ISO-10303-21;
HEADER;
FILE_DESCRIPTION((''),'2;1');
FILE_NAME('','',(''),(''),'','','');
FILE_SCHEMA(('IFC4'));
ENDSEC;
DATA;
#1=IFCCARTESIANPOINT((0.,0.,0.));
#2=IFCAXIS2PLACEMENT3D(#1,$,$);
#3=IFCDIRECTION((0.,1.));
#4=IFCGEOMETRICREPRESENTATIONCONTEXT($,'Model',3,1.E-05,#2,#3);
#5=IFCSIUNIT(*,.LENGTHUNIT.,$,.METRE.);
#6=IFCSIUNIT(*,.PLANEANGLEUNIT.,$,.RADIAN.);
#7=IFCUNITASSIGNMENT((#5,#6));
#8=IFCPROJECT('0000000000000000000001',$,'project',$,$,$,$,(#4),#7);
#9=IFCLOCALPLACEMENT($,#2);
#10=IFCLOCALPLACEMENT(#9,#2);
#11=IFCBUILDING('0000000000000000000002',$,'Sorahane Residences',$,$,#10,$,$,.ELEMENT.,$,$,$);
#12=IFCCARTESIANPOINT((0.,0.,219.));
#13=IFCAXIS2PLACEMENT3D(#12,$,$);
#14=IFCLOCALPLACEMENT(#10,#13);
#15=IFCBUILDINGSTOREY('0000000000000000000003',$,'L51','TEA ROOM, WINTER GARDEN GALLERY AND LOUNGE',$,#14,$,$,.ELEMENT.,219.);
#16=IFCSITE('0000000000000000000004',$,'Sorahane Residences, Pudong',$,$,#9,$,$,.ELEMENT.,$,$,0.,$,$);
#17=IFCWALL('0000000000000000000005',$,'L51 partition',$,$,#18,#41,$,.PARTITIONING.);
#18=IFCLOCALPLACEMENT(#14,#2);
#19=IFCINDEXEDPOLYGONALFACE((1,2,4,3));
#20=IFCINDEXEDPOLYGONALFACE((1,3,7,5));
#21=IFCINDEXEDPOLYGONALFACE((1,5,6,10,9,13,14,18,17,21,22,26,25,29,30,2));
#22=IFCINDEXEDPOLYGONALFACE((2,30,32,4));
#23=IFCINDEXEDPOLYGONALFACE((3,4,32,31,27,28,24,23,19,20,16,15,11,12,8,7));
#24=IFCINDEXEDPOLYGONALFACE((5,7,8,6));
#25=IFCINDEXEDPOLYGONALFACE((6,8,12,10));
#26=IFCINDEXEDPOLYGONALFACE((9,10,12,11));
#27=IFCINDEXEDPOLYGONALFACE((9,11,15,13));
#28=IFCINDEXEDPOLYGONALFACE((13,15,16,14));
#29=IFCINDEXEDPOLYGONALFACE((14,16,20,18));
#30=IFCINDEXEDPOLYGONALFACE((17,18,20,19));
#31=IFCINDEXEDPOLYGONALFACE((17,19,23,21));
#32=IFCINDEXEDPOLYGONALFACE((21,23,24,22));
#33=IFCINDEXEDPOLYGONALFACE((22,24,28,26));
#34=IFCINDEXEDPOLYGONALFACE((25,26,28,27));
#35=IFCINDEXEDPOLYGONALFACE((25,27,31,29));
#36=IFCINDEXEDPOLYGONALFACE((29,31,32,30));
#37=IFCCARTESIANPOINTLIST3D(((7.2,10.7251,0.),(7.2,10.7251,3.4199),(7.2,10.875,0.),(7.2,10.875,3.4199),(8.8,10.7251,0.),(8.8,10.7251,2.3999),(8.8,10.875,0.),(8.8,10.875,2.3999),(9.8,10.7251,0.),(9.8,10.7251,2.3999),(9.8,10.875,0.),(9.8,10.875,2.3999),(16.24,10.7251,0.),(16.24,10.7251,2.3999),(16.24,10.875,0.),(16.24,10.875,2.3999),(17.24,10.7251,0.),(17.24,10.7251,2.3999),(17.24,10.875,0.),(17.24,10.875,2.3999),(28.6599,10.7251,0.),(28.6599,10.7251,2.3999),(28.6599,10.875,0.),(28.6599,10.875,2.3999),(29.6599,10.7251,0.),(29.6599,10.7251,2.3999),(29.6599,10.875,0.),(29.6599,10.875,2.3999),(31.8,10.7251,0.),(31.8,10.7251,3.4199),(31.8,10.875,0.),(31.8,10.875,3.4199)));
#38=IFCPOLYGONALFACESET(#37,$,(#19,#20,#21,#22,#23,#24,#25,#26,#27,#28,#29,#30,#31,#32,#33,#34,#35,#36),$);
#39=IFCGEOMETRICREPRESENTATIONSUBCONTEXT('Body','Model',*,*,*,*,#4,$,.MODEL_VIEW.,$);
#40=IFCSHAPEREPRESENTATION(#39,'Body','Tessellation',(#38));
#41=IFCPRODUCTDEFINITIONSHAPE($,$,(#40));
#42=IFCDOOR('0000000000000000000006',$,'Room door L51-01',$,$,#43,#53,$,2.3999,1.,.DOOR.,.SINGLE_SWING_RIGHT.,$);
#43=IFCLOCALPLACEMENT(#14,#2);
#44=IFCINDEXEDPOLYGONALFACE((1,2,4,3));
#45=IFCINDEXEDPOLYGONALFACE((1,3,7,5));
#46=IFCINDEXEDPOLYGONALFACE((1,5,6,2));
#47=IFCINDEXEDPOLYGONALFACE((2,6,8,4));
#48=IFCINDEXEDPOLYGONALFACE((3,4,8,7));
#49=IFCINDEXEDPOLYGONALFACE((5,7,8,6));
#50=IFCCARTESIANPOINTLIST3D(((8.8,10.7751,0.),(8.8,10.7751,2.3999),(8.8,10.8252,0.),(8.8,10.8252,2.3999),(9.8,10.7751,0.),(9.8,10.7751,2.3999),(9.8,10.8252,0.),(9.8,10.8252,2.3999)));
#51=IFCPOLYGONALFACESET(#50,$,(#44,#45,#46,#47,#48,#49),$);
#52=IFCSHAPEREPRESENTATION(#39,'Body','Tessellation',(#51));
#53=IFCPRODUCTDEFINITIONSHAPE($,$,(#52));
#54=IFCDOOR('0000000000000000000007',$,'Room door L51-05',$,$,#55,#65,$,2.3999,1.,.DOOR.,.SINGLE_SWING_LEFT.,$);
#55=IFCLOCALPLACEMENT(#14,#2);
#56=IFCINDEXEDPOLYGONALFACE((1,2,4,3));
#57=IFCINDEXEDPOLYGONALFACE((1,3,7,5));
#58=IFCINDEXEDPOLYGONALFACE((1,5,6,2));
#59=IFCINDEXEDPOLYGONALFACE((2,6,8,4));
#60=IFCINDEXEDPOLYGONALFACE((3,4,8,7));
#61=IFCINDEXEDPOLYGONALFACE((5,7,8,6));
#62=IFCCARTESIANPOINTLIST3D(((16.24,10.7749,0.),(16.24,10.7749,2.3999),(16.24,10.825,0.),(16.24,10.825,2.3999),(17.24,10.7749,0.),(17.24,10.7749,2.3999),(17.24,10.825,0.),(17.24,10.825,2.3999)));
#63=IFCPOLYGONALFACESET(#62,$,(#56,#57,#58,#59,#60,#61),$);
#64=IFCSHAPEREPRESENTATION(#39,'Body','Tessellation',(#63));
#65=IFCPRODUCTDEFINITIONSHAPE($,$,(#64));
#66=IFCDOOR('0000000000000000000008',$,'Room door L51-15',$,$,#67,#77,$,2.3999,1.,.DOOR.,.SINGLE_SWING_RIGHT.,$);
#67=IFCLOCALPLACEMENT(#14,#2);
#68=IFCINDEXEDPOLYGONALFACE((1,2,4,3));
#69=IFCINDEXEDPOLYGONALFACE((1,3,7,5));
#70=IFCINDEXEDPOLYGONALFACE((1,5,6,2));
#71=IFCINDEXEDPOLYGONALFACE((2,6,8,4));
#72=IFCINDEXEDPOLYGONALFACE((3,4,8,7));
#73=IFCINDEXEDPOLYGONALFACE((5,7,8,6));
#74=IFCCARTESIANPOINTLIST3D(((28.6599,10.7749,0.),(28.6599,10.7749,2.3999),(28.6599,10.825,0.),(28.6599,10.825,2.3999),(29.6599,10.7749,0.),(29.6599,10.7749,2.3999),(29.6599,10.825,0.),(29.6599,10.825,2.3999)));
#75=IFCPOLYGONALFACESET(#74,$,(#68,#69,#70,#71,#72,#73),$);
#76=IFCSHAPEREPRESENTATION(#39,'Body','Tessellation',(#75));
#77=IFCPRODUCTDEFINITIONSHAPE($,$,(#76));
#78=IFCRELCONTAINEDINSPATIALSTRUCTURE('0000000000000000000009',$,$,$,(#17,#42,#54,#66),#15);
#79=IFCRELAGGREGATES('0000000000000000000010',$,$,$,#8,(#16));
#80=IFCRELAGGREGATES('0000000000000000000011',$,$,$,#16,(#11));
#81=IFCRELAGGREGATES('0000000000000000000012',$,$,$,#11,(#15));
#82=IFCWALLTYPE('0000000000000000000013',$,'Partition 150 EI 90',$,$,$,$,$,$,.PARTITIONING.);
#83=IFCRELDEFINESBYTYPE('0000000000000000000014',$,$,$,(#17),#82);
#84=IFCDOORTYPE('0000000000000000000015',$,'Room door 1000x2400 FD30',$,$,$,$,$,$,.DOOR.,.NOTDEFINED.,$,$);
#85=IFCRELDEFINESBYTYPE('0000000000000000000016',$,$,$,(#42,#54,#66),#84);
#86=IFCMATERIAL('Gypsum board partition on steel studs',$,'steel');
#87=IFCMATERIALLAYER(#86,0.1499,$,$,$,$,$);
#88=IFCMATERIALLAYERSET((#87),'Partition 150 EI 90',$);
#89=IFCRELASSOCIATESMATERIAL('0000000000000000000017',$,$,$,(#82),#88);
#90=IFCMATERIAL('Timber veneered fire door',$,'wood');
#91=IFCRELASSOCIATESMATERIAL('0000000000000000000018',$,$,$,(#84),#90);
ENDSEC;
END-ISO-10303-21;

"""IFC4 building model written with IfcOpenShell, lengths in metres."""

from ifc_helpers import new_model, si_unit, direction, frame, frame_2d, origin, place, context, subcontext, project, spatial, rectangle, extrude, material, layer, layer_set, type_object, element, fill, save


model = new_model("IFC4")

# Units and contexts
model_context = context("Model", 3, precision=1e-05, world=origin(), true_north=direction((0.0, 1.0)))
body_context = subcontext(model_context, "Body", "Model", "MODEL_VIEW")
ifc_project = project(units=[si_unit("LENGTHUNIT", "METRE"), si_unit("PLANEANGLEUNIT", "RADIAN")], contexts=[model_context])

# Site, building, storey
site_placement = place(None, origin())
site = spatial("IfcSite", under=ifc_project, at=site_placement, Name="Sorahane Residences, Pudong", CompositionType="ELEMENT", RefElevation=0.0)
building_placement = place(site_placement, origin())
building = spatial("IfcBuilding", under=site, at=building_placement, Name="Sorahane Residences", CompositionType="ELEMENT")
storey_placement = place(building_placement, frame((0.0, 0.0, 219.0)))
storey = spatial("IfcBuildingStorey", under=building, at=storey_placement, Name="L51", Description="TEA ROOM, WINTER GARDEN GALLERY AND LOUNGE", CompositionType="ELEMENT", Elevation=219.0)

# Shared definitions
ifc_material_1 = material(Name="Gypsum board partition on steel studs", Category="steel")
ifc_layer_1 = layer(ifc_material_1, 0.1499)
ifc_layer_set_1 = layer_set([ifc_layer_1], Name="Partition 150 EI 90")
wall_type_1 = type_object("IfcWallType", Name="Partition 150 EI 90", PredefinedType="PARTITIONING", material=ifc_layer_set_1)

# Wall, openings, doors
wall_1_placement = place(storey_placement, frame((7.2, 10.8, 0.0), z_axis=(0.0, 0.0, 1.0), x_axis=(1.0, 0.0, 0.0)))
wall_1 = element("IfcWall", 1, at=wall_1_placement, inside=storey, type_object=wall_type_1, Name="L51 partition", PredefinedType="PARTITIONING", context=body_context, shape_type="SweptSolid", body=[
    extrude(rectangle(XDim=24.6001, YDim=0.1499, at=frame_2d((12.3, 0.0))), origin(), (0.0, 0.0, 1.0), 3.4199),
])
opening_1_placement = place(wall_1_placement, frame((1.6001, 0.0, 0.0)))
opening_1 = element("IfcOpeningElement", 2, at=opening_1_placement, cuts=wall_1, PredefinedType="OPENING", context=body_context, shape_type="SweptSolid", body=[
    extrude(rectangle(XDim=1.0, YDim=2.3999, at=frame_2d((0.5, 1.2))), frame((0.0, 0.085, 0.0), z_axis=(0.0, -1.0, 0.0), x_axis=(1.0, 0.0, 0.0)), (0.0, 0.0, 1.0), 0.1699),
])
opening_2_placement = place(wall_1_placement, frame((9.04, 0.0, 0.0)))
opening_2 = element("IfcOpeningElement", 3, at=opening_2_placement, cuts=wall_1, PredefinedType="OPENING", context=body_context, shape_type="SweptSolid", body=[
    extrude(rectangle(XDim=1.0, YDim=2.3999, at=frame_2d((0.5, 1.2))), frame((0.0, 0.085, 0.0), z_axis=(0.0, -1.0, 0.0), x_axis=(1.0, 0.0, 0.0)), (0.0, 0.0, 1.0), 0.1699),
])
opening_3_placement = place(wall_1_placement, frame((21.46, 0.0, 0.0)))
opening_3 = element("IfcOpeningElement", 4, at=opening_3_placement, cuts=wall_1, PredefinedType="OPENING", context=body_context, shape_type="SweptSolid", body=[
    extrude(rectangle(XDim=1.0, YDim=2.3999, at=frame_2d((0.5, 1.2))), frame((0.0, 0.085, 0.0), z_axis=(0.0, -1.0, 0.0), x_axis=(1.0, 0.0, 0.0)), (0.0, 0.0, 1.0), 0.1699),
])
ifc_material_2 = material(Name="Timber veneered fire door", Category="wood")
door_type_1 = type_object("IfcDoorType", Name="Room door 1000x2400 FD30", OperationType="NOTDEFINED", PredefinedType="DOOR", material=ifc_material_2)
door_1_placement = place(opening_1_placement, frame((1.0, 0.0, 0.0), z_axis=(0.0, 0.0, 1.0), x_axis=(-1.0, 0.0, 0.0)))
door_1 = element("IfcDoor", 5, at=door_1_placement, inside=storey, type_object=door_type_1, Name="Room door L51-01", OperationType="SINGLE_SWING_RIGHT", OverallHeight=2.3999, OverallWidth=1.0, PredefinedType="DOOR", context=body_context, shape_type="SweptSolid", body=[
    extrude(rectangle(XDim=1.0, YDim=2.3999, at=frame_2d((0.5, 1.2))), frame((0.0, 0.0249, 0.0), z_axis=(0.0, -1.0, 0.0), x_axis=(1.0, 0.0, 0.0)), (0.0, 0.0, 1.0), 0.05),
])
fill(opening_1, door_1)
door_2_placement = place(opening_2_placement, origin())
door_2 = element("IfcDoor", 6, at=door_2_placement, inside=storey, type_object=door_type_1, Name="Room door L51-05", OperationType="SINGLE_SWING_LEFT", OverallHeight=2.3999, OverallWidth=1.0, PredefinedType="DOOR", context=body_context, shape_type="SweptSolid", body=[
    extrude(rectangle(XDim=1.0, YDim=2.3999, at=frame_2d((0.5, 1.2))), frame((0.0, 0.0249, 0.0), z_axis=(0.0, -1.0, 0.0), x_axis=(1.0, 0.0, 0.0)), (0.0, 0.0, 1.0), 0.05),
])
fill(opening_2, door_2)
door_3_placement = place(opening_3_placement, origin())
door_3 = element("IfcDoor", 7, at=door_3_placement, inside=storey, type_object=door_type_1, Name="Room door L51-15", OperationType="SINGLE_SWING_RIGHT", OverallHeight=2.3999, OverallWidth=1.0, PredefinedType="DOOR", context=body_context, shape_type="SweptSolid", body=[
    extrude(rectangle(XDim=1.0, YDim=2.3999, at=frame_2d((0.5, 1.2))), frame((0.0, 0.0249, 0.0), z_axis=(0.0, -1.0, 0.0), x_axis=(1.0, 0.0, 0.0)), (0.0, 0.0, 1.0), 0.05),
])
fill(opening_3, door_3)

save(model, "model.ifc")
